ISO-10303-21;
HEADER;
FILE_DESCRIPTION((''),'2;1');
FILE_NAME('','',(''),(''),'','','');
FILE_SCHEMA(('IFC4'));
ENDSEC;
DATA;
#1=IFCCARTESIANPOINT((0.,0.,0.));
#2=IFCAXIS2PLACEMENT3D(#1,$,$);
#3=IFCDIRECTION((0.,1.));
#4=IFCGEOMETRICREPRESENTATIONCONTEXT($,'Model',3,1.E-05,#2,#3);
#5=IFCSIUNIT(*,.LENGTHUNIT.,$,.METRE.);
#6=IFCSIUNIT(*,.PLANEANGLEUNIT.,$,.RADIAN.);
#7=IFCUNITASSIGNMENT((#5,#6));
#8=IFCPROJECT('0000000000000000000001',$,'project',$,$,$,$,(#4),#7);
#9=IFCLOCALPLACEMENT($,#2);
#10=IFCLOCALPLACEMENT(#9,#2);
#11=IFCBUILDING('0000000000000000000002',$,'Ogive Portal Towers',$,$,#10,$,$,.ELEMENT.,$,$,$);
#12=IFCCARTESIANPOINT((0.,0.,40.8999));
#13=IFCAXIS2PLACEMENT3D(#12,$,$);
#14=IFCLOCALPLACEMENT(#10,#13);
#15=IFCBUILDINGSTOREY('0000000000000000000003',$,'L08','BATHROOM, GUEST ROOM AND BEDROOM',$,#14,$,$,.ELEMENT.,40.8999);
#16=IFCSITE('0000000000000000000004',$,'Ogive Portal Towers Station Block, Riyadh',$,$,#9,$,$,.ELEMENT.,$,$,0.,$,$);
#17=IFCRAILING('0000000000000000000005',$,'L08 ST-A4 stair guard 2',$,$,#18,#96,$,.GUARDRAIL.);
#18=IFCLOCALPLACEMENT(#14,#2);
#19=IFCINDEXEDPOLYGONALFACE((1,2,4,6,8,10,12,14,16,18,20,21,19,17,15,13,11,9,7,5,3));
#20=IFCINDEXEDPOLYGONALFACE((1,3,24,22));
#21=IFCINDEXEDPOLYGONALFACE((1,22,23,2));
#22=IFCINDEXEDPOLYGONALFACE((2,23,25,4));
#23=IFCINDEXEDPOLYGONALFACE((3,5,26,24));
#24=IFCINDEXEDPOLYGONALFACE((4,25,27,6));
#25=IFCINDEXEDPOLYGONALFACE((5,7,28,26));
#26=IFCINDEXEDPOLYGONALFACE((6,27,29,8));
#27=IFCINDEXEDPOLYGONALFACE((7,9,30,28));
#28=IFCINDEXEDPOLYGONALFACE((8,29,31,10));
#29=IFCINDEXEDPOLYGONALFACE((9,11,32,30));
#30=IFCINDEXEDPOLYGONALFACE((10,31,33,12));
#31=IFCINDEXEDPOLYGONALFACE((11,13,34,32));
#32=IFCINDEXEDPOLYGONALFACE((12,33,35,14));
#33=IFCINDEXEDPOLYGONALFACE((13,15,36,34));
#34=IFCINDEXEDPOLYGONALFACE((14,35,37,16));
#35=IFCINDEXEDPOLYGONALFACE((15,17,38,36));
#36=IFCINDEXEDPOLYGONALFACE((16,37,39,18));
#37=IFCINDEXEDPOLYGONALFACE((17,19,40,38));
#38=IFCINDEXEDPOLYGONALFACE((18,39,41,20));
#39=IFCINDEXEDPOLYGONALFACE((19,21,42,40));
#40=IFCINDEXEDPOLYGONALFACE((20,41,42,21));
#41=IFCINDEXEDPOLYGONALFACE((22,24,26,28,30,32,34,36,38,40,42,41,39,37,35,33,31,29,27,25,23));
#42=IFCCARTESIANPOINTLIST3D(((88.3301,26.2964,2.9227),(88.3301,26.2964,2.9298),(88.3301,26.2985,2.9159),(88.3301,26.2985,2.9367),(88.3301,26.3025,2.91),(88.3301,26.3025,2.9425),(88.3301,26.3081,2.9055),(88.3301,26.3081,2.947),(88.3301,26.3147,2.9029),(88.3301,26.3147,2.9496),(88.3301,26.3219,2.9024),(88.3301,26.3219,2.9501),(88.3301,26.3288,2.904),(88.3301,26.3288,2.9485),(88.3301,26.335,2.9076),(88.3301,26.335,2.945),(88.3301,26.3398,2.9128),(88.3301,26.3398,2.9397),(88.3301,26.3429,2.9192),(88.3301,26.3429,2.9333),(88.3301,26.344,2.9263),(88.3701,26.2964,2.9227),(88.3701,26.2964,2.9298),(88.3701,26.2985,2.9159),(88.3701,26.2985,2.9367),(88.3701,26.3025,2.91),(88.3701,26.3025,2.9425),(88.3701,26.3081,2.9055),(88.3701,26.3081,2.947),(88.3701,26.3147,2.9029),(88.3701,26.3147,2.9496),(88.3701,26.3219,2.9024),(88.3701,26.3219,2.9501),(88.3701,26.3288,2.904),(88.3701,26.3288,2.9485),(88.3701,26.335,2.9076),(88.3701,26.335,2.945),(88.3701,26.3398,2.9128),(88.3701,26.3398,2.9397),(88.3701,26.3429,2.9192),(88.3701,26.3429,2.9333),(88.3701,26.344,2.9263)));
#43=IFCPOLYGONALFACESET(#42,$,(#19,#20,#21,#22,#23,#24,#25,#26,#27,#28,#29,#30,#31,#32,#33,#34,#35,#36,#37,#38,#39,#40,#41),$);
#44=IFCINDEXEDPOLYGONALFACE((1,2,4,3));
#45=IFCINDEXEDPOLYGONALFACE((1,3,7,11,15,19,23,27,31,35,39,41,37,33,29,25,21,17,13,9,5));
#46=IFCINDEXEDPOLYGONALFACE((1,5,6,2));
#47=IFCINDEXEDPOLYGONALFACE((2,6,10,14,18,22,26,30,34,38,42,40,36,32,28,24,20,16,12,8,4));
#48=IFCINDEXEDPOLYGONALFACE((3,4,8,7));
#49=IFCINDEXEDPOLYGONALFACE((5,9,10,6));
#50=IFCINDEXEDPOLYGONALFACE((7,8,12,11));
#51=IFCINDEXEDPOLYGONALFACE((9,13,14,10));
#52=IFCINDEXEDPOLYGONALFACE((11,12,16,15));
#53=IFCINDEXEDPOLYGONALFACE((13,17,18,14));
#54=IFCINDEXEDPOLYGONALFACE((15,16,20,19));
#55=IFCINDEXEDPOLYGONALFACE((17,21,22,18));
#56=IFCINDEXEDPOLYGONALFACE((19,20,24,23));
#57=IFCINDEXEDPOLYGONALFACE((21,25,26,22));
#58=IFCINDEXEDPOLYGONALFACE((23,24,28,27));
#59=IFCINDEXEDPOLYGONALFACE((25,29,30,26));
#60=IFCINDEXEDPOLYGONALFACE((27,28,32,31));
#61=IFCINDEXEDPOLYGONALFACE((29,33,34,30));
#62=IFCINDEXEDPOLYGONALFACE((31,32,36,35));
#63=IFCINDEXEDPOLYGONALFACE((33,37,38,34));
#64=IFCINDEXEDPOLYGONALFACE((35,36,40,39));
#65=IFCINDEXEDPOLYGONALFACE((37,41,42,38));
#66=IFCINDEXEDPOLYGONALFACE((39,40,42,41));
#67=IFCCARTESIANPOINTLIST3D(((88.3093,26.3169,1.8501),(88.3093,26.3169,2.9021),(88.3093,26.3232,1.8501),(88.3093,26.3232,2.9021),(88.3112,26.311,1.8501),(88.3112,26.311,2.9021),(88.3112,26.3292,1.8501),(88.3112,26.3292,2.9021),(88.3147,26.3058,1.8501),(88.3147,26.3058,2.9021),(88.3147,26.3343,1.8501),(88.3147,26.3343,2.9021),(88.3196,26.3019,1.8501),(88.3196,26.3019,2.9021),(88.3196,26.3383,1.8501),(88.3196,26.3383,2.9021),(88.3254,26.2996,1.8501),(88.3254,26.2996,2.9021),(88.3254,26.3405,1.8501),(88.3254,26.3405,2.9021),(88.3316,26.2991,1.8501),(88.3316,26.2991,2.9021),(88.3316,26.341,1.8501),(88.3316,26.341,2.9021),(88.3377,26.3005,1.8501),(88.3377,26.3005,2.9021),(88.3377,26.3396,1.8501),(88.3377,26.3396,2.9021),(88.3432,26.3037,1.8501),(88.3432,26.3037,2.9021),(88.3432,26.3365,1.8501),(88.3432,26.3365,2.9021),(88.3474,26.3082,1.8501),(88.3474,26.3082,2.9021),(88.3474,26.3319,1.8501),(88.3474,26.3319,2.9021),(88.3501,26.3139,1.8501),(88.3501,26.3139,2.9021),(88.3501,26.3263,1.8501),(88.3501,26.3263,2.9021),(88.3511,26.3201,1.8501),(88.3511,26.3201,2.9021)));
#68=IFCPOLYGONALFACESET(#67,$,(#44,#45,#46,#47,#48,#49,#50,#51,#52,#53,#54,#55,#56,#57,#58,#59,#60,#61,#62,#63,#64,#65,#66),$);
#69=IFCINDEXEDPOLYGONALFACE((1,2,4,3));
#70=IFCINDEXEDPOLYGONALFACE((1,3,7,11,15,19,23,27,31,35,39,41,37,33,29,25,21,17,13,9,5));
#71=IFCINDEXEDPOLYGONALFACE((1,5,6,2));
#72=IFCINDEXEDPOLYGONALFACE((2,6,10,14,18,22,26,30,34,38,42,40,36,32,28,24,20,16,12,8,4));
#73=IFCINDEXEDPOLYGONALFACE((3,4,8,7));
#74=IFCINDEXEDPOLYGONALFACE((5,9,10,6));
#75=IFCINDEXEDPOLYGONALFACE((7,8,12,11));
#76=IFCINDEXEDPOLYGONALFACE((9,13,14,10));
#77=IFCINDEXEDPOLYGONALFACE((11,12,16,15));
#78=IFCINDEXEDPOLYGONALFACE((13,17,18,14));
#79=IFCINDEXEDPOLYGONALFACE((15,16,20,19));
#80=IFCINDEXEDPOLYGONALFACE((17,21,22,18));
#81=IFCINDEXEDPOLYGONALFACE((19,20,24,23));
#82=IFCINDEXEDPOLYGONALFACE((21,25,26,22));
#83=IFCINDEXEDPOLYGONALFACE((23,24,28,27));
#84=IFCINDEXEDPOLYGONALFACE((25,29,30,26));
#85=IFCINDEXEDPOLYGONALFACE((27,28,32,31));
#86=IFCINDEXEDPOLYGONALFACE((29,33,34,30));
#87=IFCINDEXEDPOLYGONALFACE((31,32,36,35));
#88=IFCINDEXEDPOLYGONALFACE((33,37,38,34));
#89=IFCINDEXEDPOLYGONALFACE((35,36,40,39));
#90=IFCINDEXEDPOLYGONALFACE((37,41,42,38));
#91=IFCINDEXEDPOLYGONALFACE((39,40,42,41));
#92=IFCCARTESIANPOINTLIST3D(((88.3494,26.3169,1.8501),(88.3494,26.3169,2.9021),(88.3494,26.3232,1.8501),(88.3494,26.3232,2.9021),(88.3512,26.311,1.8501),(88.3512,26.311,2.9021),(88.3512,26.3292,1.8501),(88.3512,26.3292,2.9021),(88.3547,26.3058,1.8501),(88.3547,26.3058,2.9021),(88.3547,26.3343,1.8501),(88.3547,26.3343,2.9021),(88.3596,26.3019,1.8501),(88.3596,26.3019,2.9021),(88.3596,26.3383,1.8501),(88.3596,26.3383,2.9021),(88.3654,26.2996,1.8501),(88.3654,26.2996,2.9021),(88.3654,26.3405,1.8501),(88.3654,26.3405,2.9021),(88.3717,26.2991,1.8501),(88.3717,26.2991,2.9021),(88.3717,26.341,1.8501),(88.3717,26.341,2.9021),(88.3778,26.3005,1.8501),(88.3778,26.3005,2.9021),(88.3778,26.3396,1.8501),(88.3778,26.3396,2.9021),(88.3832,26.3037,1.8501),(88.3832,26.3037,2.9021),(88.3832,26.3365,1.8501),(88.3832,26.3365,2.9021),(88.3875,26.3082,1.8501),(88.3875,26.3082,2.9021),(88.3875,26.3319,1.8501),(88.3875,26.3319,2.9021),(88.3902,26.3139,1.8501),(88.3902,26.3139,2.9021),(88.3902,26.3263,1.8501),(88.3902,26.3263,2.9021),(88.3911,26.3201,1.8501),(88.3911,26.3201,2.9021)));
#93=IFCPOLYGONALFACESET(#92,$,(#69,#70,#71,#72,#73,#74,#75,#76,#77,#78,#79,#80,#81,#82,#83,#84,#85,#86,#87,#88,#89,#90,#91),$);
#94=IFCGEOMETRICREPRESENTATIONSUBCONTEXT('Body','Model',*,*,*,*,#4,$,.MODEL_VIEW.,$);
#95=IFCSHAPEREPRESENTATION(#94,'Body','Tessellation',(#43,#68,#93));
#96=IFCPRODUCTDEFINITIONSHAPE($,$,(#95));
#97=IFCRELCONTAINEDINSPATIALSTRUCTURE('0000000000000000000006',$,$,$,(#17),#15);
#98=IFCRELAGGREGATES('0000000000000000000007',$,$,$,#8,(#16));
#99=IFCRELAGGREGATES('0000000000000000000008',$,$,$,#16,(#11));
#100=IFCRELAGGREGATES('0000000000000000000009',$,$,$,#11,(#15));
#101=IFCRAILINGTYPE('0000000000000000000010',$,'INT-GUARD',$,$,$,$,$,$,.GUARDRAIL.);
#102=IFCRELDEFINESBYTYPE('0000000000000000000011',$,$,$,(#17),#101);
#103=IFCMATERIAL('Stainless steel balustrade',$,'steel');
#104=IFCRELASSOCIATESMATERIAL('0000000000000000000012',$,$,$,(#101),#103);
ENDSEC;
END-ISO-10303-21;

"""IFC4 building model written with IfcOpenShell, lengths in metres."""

from ifc_helpers import new_model, si_unit, direction, frame, origin, origin_2d, place, context, subcontext, project, spatial, circle, extrude, material, type_object, element, save


model = new_model("IFC4")

# Units and contexts
model_context = context("Model", 3, precision=1e-05, world=origin(), true_north=direction((0.0, 1.0)))
body_context = subcontext(model_context, "Body", "Model", "MODEL_VIEW")
ifc_project = project(units=[si_unit("LENGTHUNIT", "METRE"), si_unit("PLANEANGLEUNIT", "RADIAN")], contexts=[model_context])

# Site, building, storey
site_placement = place(None, origin())
site = spatial("IfcSite", under=ifc_project, at=site_placement, Name="Ogive Portal Towers Station Block, Riyadh", CompositionType="ELEMENT", RefElevation=0.0)
building_placement = place(site_placement, origin())
building = spatial("IfcBuilding", under=site, at=building_placement, Name="Ogive Portal Towers", CompositionType="ELEMENT")
storey_placement = place(building_placement, frame((0.0, 0.0, 40.8999)))
storey = spatial("IfcBuildingStorey", under=building, at=storey_placement, Name="L08", Description="BATHROOM, GUEST ROOM AND BEDROOM", CompositionType="ELEMENT", Elevation=40.8999)

# Railing
ifc_material_1 = material(Name="Stainless steel balustrade", Category="steel")
railing_type_1 = type_object("IfcRailingType", Name="INT-GUARD", PredefinedType="GUARDRAIL", material=ifc_material_1)
railing_1_placement = place(storey_placement, frame((88.3301, 26.3201, 1.8501)))
element("IfcRailing", 1, at=railing_1_placement, inside=storey, type_object=railing_type_1, Name="L08 ST-A4 stair guard 2", PredefinedType="GUARDRAIL", context=body_context, shape_type="SweptSolid", body=[
    extrude(circle(Radius=0.0239, at=origin_2d()), frame((0.0, 0.0, 1.0762), z_axis=(1.0, 0.0, 0.0), x_axis=(0.0, 1.0, 0.0)), (0.0, 0.0, 1.0), 0.04),
    extrude(circle(Radius=0.021, at=origin_2d()), origin(), (0.0, 0.0, 1.0), 1.052),
    extrude(circle(Radius=0.021, at=origin_2d()), frame((0.04, 0.0, 0.0)), (0.0, 0.0, 1.0), 1.052),
])

save(model, "model.ifc")
